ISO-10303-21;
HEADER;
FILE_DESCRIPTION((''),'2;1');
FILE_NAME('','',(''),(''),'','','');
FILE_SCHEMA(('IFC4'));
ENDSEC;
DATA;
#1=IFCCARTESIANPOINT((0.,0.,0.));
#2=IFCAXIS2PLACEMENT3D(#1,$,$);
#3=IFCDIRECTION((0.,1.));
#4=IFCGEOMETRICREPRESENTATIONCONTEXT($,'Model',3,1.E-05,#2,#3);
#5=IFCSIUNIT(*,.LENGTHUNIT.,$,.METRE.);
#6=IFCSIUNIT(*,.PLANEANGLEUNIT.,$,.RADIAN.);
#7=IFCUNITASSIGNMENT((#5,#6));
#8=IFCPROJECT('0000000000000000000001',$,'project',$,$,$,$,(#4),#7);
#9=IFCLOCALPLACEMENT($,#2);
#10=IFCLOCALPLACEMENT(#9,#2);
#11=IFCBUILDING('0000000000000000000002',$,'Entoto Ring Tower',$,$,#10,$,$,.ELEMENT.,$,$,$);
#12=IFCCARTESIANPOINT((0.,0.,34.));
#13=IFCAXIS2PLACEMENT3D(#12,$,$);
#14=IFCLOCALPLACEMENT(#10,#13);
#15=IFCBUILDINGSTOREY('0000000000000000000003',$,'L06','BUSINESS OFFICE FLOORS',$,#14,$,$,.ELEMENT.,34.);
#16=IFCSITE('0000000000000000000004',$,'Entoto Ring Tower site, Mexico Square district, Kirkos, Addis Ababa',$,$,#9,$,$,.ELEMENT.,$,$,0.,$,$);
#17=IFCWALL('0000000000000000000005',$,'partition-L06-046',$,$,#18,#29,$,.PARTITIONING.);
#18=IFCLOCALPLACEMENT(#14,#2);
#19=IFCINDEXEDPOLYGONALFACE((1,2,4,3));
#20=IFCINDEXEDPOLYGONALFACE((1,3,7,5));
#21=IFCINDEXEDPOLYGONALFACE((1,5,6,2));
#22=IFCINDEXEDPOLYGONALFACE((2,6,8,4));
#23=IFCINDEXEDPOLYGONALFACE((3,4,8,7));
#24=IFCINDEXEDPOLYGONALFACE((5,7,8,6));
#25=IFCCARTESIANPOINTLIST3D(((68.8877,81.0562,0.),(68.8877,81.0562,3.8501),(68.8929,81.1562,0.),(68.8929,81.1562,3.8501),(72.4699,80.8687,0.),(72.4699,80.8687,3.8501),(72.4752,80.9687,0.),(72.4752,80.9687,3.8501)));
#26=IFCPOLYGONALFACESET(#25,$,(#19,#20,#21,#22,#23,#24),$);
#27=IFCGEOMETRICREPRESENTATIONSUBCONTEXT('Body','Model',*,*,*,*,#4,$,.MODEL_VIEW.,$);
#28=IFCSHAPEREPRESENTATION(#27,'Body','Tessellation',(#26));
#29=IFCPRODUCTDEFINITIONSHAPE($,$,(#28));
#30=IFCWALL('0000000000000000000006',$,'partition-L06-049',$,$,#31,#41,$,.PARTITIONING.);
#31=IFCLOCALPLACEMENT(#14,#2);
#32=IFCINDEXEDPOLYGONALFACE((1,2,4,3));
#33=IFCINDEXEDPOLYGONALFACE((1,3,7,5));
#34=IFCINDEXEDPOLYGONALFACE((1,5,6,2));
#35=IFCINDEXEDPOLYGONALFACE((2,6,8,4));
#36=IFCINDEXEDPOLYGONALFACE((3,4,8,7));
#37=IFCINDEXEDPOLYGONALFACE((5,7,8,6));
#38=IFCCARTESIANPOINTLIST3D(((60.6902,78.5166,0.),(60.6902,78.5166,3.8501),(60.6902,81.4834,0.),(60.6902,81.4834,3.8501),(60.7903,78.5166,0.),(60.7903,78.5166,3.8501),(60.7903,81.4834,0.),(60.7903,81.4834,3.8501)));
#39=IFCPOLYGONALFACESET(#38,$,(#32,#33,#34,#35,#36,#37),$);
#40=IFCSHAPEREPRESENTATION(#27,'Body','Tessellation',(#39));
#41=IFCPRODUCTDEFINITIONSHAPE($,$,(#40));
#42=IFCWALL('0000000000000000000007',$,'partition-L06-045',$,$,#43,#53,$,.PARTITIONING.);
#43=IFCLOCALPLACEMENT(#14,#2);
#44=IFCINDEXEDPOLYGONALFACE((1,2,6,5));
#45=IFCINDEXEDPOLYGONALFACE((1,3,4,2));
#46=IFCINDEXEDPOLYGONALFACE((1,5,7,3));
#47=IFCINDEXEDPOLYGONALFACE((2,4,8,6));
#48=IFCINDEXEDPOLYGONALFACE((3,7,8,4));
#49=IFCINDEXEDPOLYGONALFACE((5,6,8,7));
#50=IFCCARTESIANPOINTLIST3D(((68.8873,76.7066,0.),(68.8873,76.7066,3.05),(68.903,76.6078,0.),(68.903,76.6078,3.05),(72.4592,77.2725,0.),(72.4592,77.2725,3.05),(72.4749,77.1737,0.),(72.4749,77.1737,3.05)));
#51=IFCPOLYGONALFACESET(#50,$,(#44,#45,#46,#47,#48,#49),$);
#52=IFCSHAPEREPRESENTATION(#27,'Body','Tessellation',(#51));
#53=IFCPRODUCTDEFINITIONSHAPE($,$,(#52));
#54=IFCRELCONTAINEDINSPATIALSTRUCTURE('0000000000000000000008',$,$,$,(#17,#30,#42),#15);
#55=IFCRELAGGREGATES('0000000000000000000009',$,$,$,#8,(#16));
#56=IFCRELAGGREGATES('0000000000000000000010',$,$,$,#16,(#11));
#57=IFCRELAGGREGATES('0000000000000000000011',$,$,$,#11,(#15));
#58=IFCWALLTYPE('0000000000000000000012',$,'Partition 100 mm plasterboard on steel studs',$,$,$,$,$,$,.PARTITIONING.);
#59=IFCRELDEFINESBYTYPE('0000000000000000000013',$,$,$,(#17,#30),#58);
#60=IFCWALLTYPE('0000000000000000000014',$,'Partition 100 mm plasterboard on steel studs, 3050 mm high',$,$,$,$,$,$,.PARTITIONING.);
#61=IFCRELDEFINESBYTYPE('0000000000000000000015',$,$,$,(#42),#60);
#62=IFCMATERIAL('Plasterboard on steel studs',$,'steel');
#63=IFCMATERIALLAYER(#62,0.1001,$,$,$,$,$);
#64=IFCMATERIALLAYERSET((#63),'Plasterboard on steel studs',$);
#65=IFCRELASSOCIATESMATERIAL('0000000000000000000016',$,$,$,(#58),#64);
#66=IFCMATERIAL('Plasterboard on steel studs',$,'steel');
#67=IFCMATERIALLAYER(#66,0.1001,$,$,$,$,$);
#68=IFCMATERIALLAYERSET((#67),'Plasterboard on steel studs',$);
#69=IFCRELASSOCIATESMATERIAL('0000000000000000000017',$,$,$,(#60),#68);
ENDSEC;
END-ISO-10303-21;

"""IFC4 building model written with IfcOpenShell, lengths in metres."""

from ifc_helpers import new_model, si_unit, direction, frame, frame_2d, origin, place, context, subcontext, project, spatial, rectangle, extrude, material, layer, layer_set, type_object, element, save


model = new_model("IFC4")

# Units and contexts
model_context = context("Model", 3, precision=1e-05, world=origin(), true_north=direction((0.0, 1.0)))
body_context = subcontext(model_context, "Body", "Model", "MODEL_VIEW")
ifc_project = project(units=[si_unit("LENGTHUNIT", "METRE"), si_unit("PLANEANGLEUNIT", "RADIAN")], contexts=[model_context])

# Site, building, storey
site_placement = place(None, origin())
site = spatial("IfcSite", under=ifc_project, at=site_placement, Name="Entoto Ring Tower site, Mexico Square district, Kirkos, Addis Ababa", CompositionType="ELEMENT", RefElevation=0.0)
building_placement = place(site_placement, origin())
building = spatial("IfcBuilding", under=site, at=building_placement, Name="Entoto Ring Tower", CompositionType="ELEMENT")
storey_placement = place(building_placement, frame((0.0, 0.0, 34.0)))
storey = spatial("IfcBuildingStorey", under=building, at=storey_placement, Name="L06", Description="BUSINESS OFFICE FLOORS", CompositionType="ELEMENT", Elevation=34.0)

# Shared definitions
ifc_material_1 = material(Name="Plasterboard on steel studs", Category="steel")
ifc_layer_1 = layer(ifc_material_1, 0.1001)
ifc_layer_set_1 = layer_set([ifc_layer_1], Name="Plasterboard on steel studs")
wall_type_1 = type_object("IfcWallType", Name="Partition 100 mm plasterboard on steel studs", PredefinedType="PARTITIONING", material=ifc_layer_set_1)

# Walls
wall_1_placement = place(storey_placement, frame((72.4724, 80.9187, 0.0), z_axis=(0.0, 0.0, 1.0), x_axis=(-0.998633, 0.052269, 0.0)))
element("IfcWall", 1, at=wall_1_placement, inside=storey, type_object=wall_type_1, Name="partition-L06-046", PredefinedType="PARTITIONING", context=body_context, shape_type="SweptSolid", body=[
    extrude(rectangle(XDim=3.5872, YDim=0.1001, at=frame_2d((1.7935, 0.0))), origin(), (0.0, 0.0, 1.0), 3.8501),
])
wall_2_placement = place(storey_placement, frame((60.7402, 78.5166, 0.0), z_axis=(0.0, 0.0, 1.0), x_axis=(0.0, 1.0, 0.0)))
element("IfcWall", 2, at=wall_2_placement, inside=storey, type_object=wall_type_1, Name="partition-L06-049", PredefinedType="PARTITIONING", context=body_context, shape_type="SweptSolid", body=[
    extrude(rectangle(XDim=2.9668, YDim=0.1001, at=frame_2d((1.4834, 0.0))), origin(), (0.0, 0.0, 1.0), 3.8501),
])
ifc_material_2 = material(Name="Plasterboard on steel studs", Category="steel")
ifc_layer_2 = layer(ifc_material_2, 0.1001)
ifc_layer_set_2 = layer_set([ifc_layer_2], Name="Plasterboard on steel studs")
wall_type_2 = type_object("IfcWallType", Name="Partition 100 mm plasterboard on steel studs, 3050 mm high", PredefinedType="PARTITIONING", material=ifc_layer_set_2)
wall_3_placement = place(storey_placement, frame((68.8953, 76.6572, 0.0), z_axis=(0.0, 0.0, 1.0), x_axis=(0.987681, 0.156479, 0.0)))
element("IfcWall", 3, at=wall_3_placement, inside=storey, type_object=wall_type_2, Name="partition-L06-045", PredefinedType="PARTITIONING", context=body_context, shape_type="SweptSolid", body=[
    extrude(rectangle(XDim=3.6165, YDim=0.1001, at=frame_2d((1.8081, 0.0))), origin(), (0.0, 0.0, 1.0), 3.05),
])

save(model, "model.ifc")
